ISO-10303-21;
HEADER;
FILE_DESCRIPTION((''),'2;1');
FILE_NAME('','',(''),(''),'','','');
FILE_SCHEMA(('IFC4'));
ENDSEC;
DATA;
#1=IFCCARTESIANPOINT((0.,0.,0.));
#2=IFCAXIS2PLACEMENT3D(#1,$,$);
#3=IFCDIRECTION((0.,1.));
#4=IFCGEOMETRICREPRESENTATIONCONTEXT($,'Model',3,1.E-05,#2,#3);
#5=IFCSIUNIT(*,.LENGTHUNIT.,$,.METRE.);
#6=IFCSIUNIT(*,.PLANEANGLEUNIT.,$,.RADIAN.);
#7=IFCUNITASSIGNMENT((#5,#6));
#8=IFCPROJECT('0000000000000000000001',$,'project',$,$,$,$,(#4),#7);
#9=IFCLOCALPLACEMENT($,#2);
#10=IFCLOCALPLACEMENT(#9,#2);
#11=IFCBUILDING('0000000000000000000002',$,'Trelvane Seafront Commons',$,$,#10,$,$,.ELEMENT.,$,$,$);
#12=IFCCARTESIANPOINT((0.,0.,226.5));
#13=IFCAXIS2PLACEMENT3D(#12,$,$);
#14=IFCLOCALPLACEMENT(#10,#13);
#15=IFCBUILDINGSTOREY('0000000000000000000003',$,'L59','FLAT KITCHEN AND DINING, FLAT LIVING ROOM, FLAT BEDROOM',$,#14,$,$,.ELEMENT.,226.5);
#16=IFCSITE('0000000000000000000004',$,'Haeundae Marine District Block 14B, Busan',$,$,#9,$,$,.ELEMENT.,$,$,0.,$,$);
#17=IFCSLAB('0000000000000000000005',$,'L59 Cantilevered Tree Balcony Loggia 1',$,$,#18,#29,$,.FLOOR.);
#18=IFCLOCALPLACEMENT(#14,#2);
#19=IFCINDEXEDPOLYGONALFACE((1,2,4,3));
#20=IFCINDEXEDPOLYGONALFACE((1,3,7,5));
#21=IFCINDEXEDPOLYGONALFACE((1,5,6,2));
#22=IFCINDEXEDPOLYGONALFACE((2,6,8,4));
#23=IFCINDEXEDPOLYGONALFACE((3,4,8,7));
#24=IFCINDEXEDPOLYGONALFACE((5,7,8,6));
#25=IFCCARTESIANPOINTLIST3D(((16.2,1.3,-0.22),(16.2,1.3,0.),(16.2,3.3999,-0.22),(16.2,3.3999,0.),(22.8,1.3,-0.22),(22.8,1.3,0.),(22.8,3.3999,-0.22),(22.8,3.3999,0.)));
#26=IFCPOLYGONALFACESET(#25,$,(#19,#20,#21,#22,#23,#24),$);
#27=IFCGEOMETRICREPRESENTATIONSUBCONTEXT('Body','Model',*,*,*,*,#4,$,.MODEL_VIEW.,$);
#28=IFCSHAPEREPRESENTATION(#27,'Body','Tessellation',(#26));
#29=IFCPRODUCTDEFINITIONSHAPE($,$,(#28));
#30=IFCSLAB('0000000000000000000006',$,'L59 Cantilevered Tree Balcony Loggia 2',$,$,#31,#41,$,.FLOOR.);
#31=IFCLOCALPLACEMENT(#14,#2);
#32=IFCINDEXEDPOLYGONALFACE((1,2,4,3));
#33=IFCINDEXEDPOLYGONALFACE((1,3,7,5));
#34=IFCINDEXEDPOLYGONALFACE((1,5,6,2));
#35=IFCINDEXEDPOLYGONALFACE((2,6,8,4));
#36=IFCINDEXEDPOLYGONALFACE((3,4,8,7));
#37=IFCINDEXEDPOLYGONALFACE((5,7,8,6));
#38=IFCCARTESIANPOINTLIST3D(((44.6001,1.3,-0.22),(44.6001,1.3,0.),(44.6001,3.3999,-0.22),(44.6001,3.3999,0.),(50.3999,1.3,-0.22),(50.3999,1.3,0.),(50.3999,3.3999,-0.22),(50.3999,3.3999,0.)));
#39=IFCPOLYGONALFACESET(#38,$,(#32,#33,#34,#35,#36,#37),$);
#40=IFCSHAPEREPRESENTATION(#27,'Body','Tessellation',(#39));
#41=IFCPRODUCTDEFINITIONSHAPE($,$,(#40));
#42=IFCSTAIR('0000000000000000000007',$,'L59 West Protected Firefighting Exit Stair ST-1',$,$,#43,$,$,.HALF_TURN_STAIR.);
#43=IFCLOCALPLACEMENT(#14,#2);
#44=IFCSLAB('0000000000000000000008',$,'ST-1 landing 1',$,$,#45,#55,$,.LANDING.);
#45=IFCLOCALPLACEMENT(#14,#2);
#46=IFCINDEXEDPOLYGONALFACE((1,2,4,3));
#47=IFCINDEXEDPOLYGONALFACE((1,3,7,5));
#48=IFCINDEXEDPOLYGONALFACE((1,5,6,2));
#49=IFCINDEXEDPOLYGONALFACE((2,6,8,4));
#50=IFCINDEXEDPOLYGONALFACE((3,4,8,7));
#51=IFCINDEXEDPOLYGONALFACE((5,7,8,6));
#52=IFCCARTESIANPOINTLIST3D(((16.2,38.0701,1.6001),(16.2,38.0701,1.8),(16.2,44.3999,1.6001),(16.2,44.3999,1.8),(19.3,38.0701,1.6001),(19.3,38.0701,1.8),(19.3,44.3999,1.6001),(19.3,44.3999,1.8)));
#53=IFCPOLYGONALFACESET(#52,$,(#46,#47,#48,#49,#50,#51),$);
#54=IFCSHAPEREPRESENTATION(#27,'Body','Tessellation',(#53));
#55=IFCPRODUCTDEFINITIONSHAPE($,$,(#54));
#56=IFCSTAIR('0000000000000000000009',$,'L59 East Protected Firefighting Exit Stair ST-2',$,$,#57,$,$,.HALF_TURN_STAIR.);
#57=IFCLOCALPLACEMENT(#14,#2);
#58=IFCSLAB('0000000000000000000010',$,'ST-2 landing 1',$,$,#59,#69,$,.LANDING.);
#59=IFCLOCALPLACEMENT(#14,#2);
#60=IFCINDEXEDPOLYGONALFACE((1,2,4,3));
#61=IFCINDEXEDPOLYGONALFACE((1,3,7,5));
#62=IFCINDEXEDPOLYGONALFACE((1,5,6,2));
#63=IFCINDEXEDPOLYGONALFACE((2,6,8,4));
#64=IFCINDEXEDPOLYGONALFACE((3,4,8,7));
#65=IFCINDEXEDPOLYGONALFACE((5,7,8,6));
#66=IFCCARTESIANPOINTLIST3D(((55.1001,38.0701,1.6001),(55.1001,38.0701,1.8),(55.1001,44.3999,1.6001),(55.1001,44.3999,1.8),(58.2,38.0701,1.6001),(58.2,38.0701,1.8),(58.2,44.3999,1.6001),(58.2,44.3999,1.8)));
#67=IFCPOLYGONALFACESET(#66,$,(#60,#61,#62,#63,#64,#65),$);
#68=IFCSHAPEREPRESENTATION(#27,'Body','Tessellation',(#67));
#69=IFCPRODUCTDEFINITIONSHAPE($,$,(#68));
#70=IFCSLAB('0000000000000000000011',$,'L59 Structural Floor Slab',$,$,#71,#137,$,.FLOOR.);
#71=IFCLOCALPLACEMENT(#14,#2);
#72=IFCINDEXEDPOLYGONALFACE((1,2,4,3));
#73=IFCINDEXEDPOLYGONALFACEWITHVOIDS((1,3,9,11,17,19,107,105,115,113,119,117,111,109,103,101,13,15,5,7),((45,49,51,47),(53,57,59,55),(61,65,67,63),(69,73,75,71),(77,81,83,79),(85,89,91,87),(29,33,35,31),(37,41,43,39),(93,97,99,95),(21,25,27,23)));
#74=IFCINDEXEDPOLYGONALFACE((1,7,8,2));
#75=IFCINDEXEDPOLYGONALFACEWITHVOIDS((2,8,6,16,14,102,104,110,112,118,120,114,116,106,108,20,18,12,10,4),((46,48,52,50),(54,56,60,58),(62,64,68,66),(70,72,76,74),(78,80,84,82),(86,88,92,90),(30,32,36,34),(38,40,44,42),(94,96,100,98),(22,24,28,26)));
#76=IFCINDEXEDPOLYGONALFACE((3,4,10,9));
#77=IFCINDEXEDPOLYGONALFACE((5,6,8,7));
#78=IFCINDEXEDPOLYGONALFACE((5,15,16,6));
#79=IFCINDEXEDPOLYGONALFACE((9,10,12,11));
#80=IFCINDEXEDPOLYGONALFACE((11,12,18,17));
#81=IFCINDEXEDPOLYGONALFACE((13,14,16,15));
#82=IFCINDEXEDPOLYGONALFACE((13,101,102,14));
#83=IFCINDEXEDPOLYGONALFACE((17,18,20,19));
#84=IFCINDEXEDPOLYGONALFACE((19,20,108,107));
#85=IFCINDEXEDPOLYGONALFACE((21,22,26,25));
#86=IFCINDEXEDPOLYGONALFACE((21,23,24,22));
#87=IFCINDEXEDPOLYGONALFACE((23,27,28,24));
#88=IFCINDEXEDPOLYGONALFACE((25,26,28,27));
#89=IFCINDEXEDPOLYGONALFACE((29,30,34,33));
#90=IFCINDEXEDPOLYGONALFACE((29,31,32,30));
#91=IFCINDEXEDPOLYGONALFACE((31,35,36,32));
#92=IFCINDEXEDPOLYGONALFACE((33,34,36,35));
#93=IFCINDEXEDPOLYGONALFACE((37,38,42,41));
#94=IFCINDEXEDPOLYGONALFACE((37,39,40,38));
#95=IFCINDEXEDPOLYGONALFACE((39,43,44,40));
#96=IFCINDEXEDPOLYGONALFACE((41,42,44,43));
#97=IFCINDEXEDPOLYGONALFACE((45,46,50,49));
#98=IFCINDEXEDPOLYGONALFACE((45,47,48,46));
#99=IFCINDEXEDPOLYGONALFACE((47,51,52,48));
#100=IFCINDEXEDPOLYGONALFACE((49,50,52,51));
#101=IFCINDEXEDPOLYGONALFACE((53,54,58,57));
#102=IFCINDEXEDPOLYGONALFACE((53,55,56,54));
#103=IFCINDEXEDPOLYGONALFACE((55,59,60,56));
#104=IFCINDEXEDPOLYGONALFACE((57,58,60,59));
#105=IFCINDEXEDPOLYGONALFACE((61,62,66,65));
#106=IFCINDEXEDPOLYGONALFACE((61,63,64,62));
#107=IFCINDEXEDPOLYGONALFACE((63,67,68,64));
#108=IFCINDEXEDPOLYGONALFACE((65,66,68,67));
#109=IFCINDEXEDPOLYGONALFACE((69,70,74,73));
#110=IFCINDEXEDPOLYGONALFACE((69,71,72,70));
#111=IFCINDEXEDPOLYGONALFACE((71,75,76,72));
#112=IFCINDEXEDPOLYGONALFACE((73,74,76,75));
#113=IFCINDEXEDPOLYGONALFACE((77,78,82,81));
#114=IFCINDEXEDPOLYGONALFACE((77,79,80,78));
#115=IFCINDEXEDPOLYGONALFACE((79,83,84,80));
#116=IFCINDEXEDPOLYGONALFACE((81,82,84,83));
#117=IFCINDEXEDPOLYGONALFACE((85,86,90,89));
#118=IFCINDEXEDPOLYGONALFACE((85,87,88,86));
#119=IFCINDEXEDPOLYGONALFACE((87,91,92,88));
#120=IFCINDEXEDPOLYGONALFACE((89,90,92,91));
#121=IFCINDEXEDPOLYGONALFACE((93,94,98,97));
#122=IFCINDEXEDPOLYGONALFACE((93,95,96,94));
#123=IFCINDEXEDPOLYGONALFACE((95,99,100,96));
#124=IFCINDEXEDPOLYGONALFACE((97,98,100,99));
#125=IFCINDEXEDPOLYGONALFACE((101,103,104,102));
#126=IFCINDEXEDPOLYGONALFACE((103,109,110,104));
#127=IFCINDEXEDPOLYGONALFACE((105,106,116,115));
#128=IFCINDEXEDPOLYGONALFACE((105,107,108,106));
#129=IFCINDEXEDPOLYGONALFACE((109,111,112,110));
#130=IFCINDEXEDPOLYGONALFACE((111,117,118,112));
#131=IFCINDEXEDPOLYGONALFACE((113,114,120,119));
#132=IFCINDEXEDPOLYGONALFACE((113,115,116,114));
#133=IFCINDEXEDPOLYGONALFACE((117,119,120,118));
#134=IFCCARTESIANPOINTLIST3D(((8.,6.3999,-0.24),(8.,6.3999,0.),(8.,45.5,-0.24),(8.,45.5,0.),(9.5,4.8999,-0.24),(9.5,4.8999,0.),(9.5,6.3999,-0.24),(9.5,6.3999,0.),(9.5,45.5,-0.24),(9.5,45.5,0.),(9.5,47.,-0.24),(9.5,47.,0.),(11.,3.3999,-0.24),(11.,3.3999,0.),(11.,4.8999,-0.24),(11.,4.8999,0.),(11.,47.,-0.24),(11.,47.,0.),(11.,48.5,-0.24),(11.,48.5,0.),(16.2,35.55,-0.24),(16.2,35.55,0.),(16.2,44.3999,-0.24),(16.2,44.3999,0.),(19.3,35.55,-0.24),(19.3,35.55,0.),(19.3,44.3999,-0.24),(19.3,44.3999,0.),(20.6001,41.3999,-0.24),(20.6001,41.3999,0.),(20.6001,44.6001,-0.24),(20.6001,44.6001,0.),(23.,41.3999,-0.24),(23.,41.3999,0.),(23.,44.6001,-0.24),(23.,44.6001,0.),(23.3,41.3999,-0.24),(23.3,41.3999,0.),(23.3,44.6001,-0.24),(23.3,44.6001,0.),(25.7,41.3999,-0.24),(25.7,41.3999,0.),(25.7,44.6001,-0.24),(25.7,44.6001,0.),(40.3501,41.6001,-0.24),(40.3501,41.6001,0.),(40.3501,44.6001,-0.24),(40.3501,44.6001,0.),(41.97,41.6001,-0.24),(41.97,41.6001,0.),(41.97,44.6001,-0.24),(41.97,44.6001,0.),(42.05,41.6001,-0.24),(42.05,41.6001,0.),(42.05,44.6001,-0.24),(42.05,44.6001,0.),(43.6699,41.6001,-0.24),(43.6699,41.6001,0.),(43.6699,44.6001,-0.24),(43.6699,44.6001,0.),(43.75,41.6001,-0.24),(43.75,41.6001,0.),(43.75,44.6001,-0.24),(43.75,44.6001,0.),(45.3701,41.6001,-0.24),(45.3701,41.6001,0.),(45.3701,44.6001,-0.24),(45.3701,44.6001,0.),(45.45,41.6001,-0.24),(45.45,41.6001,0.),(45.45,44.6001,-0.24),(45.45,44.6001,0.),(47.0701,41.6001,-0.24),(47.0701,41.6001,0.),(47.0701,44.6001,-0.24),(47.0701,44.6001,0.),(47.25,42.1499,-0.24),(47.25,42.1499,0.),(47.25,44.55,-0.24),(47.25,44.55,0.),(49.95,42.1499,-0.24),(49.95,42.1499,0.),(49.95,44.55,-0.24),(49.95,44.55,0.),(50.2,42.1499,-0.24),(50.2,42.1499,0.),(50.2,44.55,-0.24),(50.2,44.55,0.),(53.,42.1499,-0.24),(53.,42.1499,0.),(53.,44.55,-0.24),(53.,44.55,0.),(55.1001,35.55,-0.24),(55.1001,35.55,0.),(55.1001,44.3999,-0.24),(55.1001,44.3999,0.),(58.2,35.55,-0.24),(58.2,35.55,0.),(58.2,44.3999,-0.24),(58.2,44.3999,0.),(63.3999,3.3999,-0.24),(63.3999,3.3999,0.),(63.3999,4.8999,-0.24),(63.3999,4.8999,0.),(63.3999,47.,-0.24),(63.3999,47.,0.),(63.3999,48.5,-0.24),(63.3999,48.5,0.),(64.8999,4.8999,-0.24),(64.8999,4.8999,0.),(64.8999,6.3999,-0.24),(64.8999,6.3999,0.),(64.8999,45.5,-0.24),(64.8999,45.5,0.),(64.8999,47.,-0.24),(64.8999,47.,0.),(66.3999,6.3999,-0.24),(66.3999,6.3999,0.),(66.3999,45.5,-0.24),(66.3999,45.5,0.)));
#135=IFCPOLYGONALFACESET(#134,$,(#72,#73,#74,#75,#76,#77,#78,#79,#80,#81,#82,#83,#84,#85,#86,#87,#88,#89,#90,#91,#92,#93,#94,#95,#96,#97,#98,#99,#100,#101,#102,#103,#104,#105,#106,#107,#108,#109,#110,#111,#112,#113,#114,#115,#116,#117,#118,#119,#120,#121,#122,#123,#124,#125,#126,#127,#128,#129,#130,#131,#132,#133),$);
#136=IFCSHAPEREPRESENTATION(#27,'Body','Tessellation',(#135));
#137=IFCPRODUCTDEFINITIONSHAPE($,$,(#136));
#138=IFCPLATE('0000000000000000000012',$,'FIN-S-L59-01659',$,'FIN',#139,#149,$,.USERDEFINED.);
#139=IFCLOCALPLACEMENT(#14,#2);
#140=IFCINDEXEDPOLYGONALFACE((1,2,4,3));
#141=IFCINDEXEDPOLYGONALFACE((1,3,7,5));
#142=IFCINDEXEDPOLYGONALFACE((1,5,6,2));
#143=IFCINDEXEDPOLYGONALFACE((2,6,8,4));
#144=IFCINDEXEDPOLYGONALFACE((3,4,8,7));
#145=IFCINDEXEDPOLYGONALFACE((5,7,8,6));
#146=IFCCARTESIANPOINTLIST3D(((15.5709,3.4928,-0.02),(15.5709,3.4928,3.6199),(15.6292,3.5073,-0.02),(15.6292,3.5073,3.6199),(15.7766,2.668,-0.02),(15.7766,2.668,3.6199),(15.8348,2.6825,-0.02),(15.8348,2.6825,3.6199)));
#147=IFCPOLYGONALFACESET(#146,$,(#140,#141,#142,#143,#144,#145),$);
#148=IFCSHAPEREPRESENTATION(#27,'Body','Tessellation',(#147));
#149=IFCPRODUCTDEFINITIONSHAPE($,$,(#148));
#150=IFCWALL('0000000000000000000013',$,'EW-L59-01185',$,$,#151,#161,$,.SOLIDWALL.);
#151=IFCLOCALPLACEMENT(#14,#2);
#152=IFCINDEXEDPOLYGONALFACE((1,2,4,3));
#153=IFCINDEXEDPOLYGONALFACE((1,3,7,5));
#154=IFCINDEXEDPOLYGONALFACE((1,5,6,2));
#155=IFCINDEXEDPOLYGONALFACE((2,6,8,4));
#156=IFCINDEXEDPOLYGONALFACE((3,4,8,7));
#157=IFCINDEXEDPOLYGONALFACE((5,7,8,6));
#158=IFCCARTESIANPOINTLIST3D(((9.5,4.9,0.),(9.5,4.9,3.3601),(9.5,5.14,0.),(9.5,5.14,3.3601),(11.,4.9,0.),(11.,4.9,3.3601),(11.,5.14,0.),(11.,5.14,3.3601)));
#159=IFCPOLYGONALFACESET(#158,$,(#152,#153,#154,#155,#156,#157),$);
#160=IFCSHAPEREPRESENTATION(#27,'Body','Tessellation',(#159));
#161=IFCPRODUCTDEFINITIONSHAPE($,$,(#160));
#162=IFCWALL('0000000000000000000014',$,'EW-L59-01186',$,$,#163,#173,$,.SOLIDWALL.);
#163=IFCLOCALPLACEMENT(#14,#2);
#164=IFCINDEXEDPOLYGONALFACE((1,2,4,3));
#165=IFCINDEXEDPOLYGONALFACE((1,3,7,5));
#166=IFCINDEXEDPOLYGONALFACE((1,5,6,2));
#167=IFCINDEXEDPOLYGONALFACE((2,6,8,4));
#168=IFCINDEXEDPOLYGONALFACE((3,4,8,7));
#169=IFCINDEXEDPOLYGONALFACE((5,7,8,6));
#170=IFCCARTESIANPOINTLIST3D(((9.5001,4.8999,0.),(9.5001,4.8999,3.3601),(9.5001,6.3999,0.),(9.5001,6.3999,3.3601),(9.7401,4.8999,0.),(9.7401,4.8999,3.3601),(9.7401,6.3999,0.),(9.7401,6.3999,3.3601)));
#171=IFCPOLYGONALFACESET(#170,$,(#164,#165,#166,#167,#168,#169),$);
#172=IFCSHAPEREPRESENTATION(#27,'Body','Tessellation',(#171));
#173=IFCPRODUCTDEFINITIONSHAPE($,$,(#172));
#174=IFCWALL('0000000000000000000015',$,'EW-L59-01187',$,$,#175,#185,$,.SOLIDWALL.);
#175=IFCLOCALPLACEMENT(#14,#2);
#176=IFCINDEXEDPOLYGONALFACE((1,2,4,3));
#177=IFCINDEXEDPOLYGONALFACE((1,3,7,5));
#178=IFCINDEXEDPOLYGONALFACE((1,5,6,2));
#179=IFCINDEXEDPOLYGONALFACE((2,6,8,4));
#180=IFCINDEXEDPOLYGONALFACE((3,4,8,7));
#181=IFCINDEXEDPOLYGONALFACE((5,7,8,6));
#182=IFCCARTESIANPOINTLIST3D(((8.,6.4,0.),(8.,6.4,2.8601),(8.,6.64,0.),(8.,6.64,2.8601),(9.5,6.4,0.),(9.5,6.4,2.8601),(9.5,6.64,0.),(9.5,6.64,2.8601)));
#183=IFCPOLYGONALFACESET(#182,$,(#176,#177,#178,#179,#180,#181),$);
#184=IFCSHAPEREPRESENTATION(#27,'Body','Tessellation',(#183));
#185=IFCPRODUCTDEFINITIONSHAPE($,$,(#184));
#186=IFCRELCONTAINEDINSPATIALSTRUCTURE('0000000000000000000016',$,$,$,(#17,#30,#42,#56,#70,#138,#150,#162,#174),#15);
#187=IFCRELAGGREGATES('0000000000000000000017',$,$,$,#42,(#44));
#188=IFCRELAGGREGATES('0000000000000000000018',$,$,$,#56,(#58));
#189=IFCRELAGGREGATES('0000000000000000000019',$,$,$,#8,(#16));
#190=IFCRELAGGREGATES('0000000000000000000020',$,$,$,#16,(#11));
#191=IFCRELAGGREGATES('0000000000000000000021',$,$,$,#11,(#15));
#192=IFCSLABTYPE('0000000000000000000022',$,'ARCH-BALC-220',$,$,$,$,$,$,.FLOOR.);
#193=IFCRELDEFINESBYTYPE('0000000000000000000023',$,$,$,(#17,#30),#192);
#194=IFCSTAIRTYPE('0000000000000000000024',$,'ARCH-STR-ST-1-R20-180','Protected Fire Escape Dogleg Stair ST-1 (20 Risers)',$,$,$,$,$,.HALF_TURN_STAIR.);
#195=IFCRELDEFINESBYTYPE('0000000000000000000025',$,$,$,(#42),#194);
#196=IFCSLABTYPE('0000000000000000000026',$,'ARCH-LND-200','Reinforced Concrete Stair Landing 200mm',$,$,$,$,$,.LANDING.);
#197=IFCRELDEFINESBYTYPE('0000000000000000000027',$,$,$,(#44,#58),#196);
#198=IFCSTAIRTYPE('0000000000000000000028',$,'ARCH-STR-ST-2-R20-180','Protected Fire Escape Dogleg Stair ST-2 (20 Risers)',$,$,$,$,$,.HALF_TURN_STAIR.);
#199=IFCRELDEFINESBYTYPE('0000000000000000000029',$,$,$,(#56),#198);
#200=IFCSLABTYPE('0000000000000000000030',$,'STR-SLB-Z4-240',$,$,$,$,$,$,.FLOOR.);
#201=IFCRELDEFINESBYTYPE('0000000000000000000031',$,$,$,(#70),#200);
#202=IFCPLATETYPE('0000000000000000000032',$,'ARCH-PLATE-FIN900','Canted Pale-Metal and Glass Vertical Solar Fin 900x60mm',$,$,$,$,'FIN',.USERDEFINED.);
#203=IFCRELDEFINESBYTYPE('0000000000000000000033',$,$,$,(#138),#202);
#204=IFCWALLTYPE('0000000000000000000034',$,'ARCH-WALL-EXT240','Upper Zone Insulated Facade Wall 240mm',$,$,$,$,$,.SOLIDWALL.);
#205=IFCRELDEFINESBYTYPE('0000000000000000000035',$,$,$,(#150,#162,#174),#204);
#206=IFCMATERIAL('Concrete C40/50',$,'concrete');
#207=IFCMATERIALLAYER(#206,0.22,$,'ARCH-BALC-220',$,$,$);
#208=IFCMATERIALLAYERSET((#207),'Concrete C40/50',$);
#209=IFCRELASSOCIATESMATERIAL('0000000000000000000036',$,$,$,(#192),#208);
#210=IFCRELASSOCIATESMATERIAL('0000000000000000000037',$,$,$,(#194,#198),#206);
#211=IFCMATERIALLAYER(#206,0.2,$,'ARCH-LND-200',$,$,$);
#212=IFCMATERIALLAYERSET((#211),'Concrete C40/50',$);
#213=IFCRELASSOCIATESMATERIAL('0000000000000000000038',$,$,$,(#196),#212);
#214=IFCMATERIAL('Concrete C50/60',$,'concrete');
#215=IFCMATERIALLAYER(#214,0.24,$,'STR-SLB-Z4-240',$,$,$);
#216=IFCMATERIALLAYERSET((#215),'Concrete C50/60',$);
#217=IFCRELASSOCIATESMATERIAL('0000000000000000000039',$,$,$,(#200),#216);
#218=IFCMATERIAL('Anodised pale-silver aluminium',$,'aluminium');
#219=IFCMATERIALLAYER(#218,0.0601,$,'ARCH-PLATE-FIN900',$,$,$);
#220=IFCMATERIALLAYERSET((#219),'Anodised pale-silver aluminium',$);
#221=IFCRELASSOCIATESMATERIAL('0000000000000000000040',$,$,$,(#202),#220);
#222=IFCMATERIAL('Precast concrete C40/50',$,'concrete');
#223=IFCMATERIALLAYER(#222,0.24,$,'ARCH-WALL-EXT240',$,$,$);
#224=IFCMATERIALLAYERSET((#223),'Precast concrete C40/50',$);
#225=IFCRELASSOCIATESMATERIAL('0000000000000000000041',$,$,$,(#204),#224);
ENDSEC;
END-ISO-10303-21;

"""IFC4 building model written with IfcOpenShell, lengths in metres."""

from ifc_helpers import new_model, si_unit, direction, frame, frame_2d, origin, origin_2d, place, context, subcontext, project, spatial, polyline, rectangle, outline, extrude, source, transform, mapped, material, layer, layer_set, type_object, element, aggregate, save


model = new_model("IFC4")

# Units and contexts
model_context = context("Model", 3, precision=1e-05, world=origin(), true_north=direction((0.0, 1.0)))
body_context = subcontext(model_context, "Body", "Model", "MODEL_VIEW")
ifc_project = project(units=[si_unit("LENGTHUNIT", "METRE"), si_unit("PLANEANGLEUNIT", "RADIAN")], contexts=[model_context])

# Site, building, storey
site_placement = place(None, origin())
site = spatial("IfcSite", under=ifc_project, at=site_placement, Name="Haeundae Marine District Block 14B, Busan", CompositionType="ELEMENT", RefElevation=0.0)
building_placement = place(site_placement, origin())
building = spatial("IfcBuilding", under=site, at=building_placement, Name="Trelvane Seafront Commons", CompositionType="ELEMENT")
storey_placement = place(building_placement, frame((0.0, 0.0, 226.5)))
storey = spatial("IfcBuildingStorey", under=building, at=storey_placement, Name="L59", Description="FLAT KITCHEN AND DINING, FLAT LIVING ROOM, FLAT BEDROOM", CompositionType="ELEMENT", Elevation=226.5)

# Slabs
ifc_material_1 = material(Name="Concrete C40/50", Category="concrete")
ifc_layer_1 = layer(ifc_material_1, 0.22, Name="ARCH-BALC-220")
ifc_layer_set_1 = layer_set([ifc_layer_1], Name="Concrete C40/50")
slab_type_1 = type_object("IfcSlabType", Name="ARCH-BALC-220", PredefinedType="FLOOR", material=ifc_layer_set_1)
slab_1_placement = place(storey_placement, frame((0.0, 0.0, -0.22)))
element("IfcSlab", 1, at=slab_1_placement, inside=storey, type_object=slab_type_1, Name="L59 Cantilevered Tree Balcony Loggia 1", PredefinedType="FLOOR", context=body_context, shape_type="SweptSolid", body=[
    extrude(outline(polyline([(16.2, 1.3), (22.8, 1.3), (22.8, 3.3999), (16.2, 3.3999), (16.2, 1.3)])), origin(), (0.0, 0.0, 1.0), 0.22),
])
slab_2_placement = place(storey_placement, frame((0.0, 0.0, -0.22)))
element("IfcSlab", 2, at=slab_2_placement, inside=storey, type_object=slab_type_1, Name="L59 Cantilevered Tree Balcony Loggia 2", PredefinedType="FLOOR", context=body_context, shape_type="SweptSolid", body=[
    extrude(outline(polyline([(44.6001, 1.3), (50.3999, 1.3), (50.3999, 3.3999), (44.6001, 3.3999), (44.6001, 1.3)])), origin(), (0.0, 0.0, 1.0), 0.22),
])

# Stairs, slabs
stair_type_1 = type_object("IfcStairType", Name="ARCH-STR-ST-1-R20-180", Description="Protected Fire Escape Dogleg Stair ST-1 (20 Risers)", PredefinedType="HALF_TURN_STAIR", material=ifc_material_1)
stair_1_placement = place(storey_placement, origin())
stair_1 = element("IfcStair", 3, at=stair_1_placement, inside=storey, type_object=stair_type_1, Name="L59 West Protected Firefighting Exit Stair ST-1", PredefinedType="HALF_TURN_STAIR")
ifc_layer_2 = layer(ifc_material_1, 0.2, Name="ARCH-LND-200")
ifc_layer_set_2 = layer_set([ifc_layer_2], Name="Concrete C40/50")
slab_type_2 = type_object("IfcSlabType", Name="ARCH-LND-200", Description="Reinforced Concrete Stair Landing 200mm", PredefinedType="LANDING", material=ifc_layer_set_2)
slab_3_placement = place(storey_placement, frame((0.0, 0.0, 1.6001)))
slab_3 = element("IfcSlab", 4, at=slab_3_placement, type_object=slab_type_2, Name="ST-1 landing 1", PredefinedType="LANDING", context=body_context, shape_type="SweptSolid", body=[
    extrude(outline(polyline([(19.3, 38.0701), (19.3, 44.3999), (16.2, 44.3999), (16.2, 38.0701), (19.3, 38.0701)])), origin(), (0.0, 0.0, 1.0), 0.2),
])
aggregate(stair_1, [slab_3])
stair_type_2 = type_object("IfcStairType", Name="ARCH-STR-ST-2-R20-180", Description="Protected Fire Escape Dogleg Stair ST-2 (20 Risers)", PredefinedType="HALF_TURN_STAIR", material=ifc_material_1)
stair_2_placement = place(storey_placement, origin())
stair_2 = element("IfcStair", 5, at=stair_2_placement, inside=storey, type_object=stair_type_2, Name="L59 East Protected Firefighting Exit Stair ST-2", PredefinedType="HALF_TURN_STAIR")
slab_4_placement = place(storey_placement, frame((0.0, 0.0, 1.6001)))
slab_4 = element("IfcSlab", 6, at=slab_4_placement, type_object=slab_type_2, Name="ST-2 landing 1", PredefinedType="LANDING", context=body_context, shape_type="SweptSolid", body=[
    extrude(outline(polyline([(58.2, 38.0701), (58.2, 44.3999), (55.1001, 44.3999), (55.1001, 38.0701), (58.2, 38.0701)])), origin(), (0.0, 0.0, 1.0), 0.2),
])
aggregate(stair_2, [slab_4])

# Slab
ifc_material_2 = material(Name="Concrete C50/60", Category="concrete")
ifc_layer_3 = layer(ifc_material_2, 0.24, Name="STR-SLB-Z4-240")
ifc_layer_set_3 = layer_set([ifc_layer_3], Name="Concrete C50/60")
slab_type_3 = type_object("IfcSlabType", Name="STR-SLB-Z4-240", PredefinedType="FLOOR", material=ifc_layer_set_3)
slab_5_placement = place(storey_placement, frame((0.0, 0.0, -0.24)))
element("IfcSlab", 7, at=slab_5_placement, inside=storey, type_object=slab_type_3, Name="L59 Structural Floor Slab", PredefinedType="FLOOR", context=body_context, shape_type="SweptSolid", body=[
    extrude(outline(polyline([(11.0, 3.3999), (63.3999, 3.3999), (63.3999, 4.8999), (64.8999, 4.8999), (64.8999, 6.3999), (66.3999, 6.3999), (66.3999, 45.5), (64.8999, 45.5), (64.8999, 47.0), (63.3999, 47.0), (63.3999, 48.5), (11.0, 48.5), (11.0, 47.0), (9.5, 47.0), (9.5, 45.5), (8.0, 45.5), (8.0, 6.3999), (9.5, 6.3999), (9.5, 4.8999), (11.0, 4.8999), (11.0, 3.3999)]), holes=[polyline([(19.3, 35.55), (16.2, 35.55), (16.2, 44.3999), (19.3, 44.3999), (19.3, 35.55)]), polyline([(58.2, 35.55), (55.1001, 35.55), (55.1001, 44.3999), (58.2, 44.3999), (58.2, 35.55)]), polyline([(23.0, 41.3999), (20.6001, 41.3999), (20.6001, 44.6001), (23.0, 44.6001), (23.0, 41.3999)]), polyline([(23.3, 41.3999), (23.3, 44.6001), (25.7, 44.6001), (25.7, 41.3999), (23.3, 41.3999)]), polyline([(40.3501, 41.6001), (40.3501, 44.6001), (41.97, 44.6001), (41.97, 41.6001), (40.3501, 41.6001)]), polyline([(43.6699, 41.6001), (42.05, 41.6001), (42.05, 44.6001), (43.6699, 44.6001), (43.6699, 41.6001)]), polyline([(45.3701, 41.6001), (43.75, 41.6001), (43.75, 44.6001), (45.3701, 44.6001), (45.3701, 41.6001)]), polyline([(47.0701, 41.6001), (45.45, 41.6001), (45.45, 44.6001), (47.0701, 44.6001), (47.0701, 41.6001)]), polyline([(47.25, 42.1499), (47.25, 44.55), (49.95, 44.55), (49.95, 42.1499), (47.25, 42.1499)]), polyline([(50.2, 42.1499), (50.2, 44.55), (53.0, 44.55), (53.0, 42.1499), (50.2, 42.1499)])]), origin(), (0.0, 0.0, 1.0), 0.24),
])

# Plate
ifc_material_3 = material(Name="Anodised pale-silver aluminium", Category="aluminium")
ifc_layer_4 = layer(ifc_material_3, 0.0601, Name="ARCH-PLATE-FIN900")
ifc_layer_set_4 = layer_set([ifc_layer_4], Name="Anodised pale-silver aluminium")
plate_type = type_object("IfcPlateType", Name="ARCH-PLATE-FIN900", Description="Canted Pale-Metal and Glass Vertical Solar Fin 900x60mm", ElementType="FIN", PredefinedType="USERDEFINED", material=ifc_layer_set_4)
shared_shape_1 = source(origin(), body_context, "Body", "SweptSolid", [
    extrude(rectangle(XDim=0.8501, YDim=0.0601, at=origin_2d()), origin(), (0.0, 0.0, 1.0), 3.6399),
])
plate_placement = place(storey_placement, frame((15.7029, 3.0876, -0.02), z_axis=(0.0, 0.0, 1.0), x_axis=(0.241871, -0.970308, 0.0)))
element("IfcPlate", 8, at=plate_placement, inside=storey, type_object=plate_type, Name="FIN-S-L59-01659", ObjectType="FIN", PredefinedType="USERDEFINED", context=body_context, shape_type="MappedRepresentation", body=[
    mapped(shared_shape_1, transform((0.0, 0.0, 0.0), x_axis=(1.0, 0.0, 0.0), y_axis=(0.0, 1.0, 0.0), z_axis=(0.0, 0.0, 1.0), scale=1.0)),
])

# Walls
ifc_material_4 = material(Name="Precast concrete C40/50", Category="concrete")
ifc_layer_5 = layer(ifc_material_4, 0.24, Name="ARCH-WALL-EXT240")
ifc_layer_set_5 = layer_set([ifc_layer_5], Name="Precast concrete C40/50")
wall_type_1 = type_object("IfcWallType", Name="ARCH-WALL-EXT240", Description="Upper Zone Insulated Facade Wall 240mm", PredefinedType="SOLIDWALL", material=ifc_layer_set_5)
for number, where, z_axis, x_axis, name in (
    (9, (11.0, 5.02, 0.0), (0.0, 0.0, 1.0), (-1.0, 0.0, 0.0), "EW-L59-01185"),
    (10, (9.6201, 4.8999, 0.0), (0.0, 0.0, 1.0), (0.0, 1.0, 0.0), "EW-L59-01186"),
):
    element("IfcWall", number, at=place(storey_placement, frame(where, z_axis=z_axis, x_axis=x_axis)), inside=storey, type_object=wall_type_1, Name=name, PredefinedType="SOLIDWALL", context=body_context, shape_type="SweptSolid", body=[
        extrude(rectangle(XDim=1.5, YDim=0.24, at=frame_2d((0.75, 0.0))), origin(), (0.0, 0.0, 1.0), 3.3601),
    ])
wall_1_placement = place(storey_placement, frame((9.5, 6.52, 0.0), z_axis=(0.0, 0.0, 1.0), x_axis=(-1.0, 0.0, 0.0)))
element("IfcWall", 11, at=wall_1_placement, inside=storey, type_object=wall_type_1, Name="EW-L59-01187", PredefinedType="SOLIDWALL", context=body_context, shape_type="SweptSolid", body=[
    extrude(rectangle(XDim=1.5, YDim=0.24, at=frame_2d((0.75, 0.0))), origin(), (0.0, 0.0, 1.0), 2.8601),
])

save(model, "model.ifc")
